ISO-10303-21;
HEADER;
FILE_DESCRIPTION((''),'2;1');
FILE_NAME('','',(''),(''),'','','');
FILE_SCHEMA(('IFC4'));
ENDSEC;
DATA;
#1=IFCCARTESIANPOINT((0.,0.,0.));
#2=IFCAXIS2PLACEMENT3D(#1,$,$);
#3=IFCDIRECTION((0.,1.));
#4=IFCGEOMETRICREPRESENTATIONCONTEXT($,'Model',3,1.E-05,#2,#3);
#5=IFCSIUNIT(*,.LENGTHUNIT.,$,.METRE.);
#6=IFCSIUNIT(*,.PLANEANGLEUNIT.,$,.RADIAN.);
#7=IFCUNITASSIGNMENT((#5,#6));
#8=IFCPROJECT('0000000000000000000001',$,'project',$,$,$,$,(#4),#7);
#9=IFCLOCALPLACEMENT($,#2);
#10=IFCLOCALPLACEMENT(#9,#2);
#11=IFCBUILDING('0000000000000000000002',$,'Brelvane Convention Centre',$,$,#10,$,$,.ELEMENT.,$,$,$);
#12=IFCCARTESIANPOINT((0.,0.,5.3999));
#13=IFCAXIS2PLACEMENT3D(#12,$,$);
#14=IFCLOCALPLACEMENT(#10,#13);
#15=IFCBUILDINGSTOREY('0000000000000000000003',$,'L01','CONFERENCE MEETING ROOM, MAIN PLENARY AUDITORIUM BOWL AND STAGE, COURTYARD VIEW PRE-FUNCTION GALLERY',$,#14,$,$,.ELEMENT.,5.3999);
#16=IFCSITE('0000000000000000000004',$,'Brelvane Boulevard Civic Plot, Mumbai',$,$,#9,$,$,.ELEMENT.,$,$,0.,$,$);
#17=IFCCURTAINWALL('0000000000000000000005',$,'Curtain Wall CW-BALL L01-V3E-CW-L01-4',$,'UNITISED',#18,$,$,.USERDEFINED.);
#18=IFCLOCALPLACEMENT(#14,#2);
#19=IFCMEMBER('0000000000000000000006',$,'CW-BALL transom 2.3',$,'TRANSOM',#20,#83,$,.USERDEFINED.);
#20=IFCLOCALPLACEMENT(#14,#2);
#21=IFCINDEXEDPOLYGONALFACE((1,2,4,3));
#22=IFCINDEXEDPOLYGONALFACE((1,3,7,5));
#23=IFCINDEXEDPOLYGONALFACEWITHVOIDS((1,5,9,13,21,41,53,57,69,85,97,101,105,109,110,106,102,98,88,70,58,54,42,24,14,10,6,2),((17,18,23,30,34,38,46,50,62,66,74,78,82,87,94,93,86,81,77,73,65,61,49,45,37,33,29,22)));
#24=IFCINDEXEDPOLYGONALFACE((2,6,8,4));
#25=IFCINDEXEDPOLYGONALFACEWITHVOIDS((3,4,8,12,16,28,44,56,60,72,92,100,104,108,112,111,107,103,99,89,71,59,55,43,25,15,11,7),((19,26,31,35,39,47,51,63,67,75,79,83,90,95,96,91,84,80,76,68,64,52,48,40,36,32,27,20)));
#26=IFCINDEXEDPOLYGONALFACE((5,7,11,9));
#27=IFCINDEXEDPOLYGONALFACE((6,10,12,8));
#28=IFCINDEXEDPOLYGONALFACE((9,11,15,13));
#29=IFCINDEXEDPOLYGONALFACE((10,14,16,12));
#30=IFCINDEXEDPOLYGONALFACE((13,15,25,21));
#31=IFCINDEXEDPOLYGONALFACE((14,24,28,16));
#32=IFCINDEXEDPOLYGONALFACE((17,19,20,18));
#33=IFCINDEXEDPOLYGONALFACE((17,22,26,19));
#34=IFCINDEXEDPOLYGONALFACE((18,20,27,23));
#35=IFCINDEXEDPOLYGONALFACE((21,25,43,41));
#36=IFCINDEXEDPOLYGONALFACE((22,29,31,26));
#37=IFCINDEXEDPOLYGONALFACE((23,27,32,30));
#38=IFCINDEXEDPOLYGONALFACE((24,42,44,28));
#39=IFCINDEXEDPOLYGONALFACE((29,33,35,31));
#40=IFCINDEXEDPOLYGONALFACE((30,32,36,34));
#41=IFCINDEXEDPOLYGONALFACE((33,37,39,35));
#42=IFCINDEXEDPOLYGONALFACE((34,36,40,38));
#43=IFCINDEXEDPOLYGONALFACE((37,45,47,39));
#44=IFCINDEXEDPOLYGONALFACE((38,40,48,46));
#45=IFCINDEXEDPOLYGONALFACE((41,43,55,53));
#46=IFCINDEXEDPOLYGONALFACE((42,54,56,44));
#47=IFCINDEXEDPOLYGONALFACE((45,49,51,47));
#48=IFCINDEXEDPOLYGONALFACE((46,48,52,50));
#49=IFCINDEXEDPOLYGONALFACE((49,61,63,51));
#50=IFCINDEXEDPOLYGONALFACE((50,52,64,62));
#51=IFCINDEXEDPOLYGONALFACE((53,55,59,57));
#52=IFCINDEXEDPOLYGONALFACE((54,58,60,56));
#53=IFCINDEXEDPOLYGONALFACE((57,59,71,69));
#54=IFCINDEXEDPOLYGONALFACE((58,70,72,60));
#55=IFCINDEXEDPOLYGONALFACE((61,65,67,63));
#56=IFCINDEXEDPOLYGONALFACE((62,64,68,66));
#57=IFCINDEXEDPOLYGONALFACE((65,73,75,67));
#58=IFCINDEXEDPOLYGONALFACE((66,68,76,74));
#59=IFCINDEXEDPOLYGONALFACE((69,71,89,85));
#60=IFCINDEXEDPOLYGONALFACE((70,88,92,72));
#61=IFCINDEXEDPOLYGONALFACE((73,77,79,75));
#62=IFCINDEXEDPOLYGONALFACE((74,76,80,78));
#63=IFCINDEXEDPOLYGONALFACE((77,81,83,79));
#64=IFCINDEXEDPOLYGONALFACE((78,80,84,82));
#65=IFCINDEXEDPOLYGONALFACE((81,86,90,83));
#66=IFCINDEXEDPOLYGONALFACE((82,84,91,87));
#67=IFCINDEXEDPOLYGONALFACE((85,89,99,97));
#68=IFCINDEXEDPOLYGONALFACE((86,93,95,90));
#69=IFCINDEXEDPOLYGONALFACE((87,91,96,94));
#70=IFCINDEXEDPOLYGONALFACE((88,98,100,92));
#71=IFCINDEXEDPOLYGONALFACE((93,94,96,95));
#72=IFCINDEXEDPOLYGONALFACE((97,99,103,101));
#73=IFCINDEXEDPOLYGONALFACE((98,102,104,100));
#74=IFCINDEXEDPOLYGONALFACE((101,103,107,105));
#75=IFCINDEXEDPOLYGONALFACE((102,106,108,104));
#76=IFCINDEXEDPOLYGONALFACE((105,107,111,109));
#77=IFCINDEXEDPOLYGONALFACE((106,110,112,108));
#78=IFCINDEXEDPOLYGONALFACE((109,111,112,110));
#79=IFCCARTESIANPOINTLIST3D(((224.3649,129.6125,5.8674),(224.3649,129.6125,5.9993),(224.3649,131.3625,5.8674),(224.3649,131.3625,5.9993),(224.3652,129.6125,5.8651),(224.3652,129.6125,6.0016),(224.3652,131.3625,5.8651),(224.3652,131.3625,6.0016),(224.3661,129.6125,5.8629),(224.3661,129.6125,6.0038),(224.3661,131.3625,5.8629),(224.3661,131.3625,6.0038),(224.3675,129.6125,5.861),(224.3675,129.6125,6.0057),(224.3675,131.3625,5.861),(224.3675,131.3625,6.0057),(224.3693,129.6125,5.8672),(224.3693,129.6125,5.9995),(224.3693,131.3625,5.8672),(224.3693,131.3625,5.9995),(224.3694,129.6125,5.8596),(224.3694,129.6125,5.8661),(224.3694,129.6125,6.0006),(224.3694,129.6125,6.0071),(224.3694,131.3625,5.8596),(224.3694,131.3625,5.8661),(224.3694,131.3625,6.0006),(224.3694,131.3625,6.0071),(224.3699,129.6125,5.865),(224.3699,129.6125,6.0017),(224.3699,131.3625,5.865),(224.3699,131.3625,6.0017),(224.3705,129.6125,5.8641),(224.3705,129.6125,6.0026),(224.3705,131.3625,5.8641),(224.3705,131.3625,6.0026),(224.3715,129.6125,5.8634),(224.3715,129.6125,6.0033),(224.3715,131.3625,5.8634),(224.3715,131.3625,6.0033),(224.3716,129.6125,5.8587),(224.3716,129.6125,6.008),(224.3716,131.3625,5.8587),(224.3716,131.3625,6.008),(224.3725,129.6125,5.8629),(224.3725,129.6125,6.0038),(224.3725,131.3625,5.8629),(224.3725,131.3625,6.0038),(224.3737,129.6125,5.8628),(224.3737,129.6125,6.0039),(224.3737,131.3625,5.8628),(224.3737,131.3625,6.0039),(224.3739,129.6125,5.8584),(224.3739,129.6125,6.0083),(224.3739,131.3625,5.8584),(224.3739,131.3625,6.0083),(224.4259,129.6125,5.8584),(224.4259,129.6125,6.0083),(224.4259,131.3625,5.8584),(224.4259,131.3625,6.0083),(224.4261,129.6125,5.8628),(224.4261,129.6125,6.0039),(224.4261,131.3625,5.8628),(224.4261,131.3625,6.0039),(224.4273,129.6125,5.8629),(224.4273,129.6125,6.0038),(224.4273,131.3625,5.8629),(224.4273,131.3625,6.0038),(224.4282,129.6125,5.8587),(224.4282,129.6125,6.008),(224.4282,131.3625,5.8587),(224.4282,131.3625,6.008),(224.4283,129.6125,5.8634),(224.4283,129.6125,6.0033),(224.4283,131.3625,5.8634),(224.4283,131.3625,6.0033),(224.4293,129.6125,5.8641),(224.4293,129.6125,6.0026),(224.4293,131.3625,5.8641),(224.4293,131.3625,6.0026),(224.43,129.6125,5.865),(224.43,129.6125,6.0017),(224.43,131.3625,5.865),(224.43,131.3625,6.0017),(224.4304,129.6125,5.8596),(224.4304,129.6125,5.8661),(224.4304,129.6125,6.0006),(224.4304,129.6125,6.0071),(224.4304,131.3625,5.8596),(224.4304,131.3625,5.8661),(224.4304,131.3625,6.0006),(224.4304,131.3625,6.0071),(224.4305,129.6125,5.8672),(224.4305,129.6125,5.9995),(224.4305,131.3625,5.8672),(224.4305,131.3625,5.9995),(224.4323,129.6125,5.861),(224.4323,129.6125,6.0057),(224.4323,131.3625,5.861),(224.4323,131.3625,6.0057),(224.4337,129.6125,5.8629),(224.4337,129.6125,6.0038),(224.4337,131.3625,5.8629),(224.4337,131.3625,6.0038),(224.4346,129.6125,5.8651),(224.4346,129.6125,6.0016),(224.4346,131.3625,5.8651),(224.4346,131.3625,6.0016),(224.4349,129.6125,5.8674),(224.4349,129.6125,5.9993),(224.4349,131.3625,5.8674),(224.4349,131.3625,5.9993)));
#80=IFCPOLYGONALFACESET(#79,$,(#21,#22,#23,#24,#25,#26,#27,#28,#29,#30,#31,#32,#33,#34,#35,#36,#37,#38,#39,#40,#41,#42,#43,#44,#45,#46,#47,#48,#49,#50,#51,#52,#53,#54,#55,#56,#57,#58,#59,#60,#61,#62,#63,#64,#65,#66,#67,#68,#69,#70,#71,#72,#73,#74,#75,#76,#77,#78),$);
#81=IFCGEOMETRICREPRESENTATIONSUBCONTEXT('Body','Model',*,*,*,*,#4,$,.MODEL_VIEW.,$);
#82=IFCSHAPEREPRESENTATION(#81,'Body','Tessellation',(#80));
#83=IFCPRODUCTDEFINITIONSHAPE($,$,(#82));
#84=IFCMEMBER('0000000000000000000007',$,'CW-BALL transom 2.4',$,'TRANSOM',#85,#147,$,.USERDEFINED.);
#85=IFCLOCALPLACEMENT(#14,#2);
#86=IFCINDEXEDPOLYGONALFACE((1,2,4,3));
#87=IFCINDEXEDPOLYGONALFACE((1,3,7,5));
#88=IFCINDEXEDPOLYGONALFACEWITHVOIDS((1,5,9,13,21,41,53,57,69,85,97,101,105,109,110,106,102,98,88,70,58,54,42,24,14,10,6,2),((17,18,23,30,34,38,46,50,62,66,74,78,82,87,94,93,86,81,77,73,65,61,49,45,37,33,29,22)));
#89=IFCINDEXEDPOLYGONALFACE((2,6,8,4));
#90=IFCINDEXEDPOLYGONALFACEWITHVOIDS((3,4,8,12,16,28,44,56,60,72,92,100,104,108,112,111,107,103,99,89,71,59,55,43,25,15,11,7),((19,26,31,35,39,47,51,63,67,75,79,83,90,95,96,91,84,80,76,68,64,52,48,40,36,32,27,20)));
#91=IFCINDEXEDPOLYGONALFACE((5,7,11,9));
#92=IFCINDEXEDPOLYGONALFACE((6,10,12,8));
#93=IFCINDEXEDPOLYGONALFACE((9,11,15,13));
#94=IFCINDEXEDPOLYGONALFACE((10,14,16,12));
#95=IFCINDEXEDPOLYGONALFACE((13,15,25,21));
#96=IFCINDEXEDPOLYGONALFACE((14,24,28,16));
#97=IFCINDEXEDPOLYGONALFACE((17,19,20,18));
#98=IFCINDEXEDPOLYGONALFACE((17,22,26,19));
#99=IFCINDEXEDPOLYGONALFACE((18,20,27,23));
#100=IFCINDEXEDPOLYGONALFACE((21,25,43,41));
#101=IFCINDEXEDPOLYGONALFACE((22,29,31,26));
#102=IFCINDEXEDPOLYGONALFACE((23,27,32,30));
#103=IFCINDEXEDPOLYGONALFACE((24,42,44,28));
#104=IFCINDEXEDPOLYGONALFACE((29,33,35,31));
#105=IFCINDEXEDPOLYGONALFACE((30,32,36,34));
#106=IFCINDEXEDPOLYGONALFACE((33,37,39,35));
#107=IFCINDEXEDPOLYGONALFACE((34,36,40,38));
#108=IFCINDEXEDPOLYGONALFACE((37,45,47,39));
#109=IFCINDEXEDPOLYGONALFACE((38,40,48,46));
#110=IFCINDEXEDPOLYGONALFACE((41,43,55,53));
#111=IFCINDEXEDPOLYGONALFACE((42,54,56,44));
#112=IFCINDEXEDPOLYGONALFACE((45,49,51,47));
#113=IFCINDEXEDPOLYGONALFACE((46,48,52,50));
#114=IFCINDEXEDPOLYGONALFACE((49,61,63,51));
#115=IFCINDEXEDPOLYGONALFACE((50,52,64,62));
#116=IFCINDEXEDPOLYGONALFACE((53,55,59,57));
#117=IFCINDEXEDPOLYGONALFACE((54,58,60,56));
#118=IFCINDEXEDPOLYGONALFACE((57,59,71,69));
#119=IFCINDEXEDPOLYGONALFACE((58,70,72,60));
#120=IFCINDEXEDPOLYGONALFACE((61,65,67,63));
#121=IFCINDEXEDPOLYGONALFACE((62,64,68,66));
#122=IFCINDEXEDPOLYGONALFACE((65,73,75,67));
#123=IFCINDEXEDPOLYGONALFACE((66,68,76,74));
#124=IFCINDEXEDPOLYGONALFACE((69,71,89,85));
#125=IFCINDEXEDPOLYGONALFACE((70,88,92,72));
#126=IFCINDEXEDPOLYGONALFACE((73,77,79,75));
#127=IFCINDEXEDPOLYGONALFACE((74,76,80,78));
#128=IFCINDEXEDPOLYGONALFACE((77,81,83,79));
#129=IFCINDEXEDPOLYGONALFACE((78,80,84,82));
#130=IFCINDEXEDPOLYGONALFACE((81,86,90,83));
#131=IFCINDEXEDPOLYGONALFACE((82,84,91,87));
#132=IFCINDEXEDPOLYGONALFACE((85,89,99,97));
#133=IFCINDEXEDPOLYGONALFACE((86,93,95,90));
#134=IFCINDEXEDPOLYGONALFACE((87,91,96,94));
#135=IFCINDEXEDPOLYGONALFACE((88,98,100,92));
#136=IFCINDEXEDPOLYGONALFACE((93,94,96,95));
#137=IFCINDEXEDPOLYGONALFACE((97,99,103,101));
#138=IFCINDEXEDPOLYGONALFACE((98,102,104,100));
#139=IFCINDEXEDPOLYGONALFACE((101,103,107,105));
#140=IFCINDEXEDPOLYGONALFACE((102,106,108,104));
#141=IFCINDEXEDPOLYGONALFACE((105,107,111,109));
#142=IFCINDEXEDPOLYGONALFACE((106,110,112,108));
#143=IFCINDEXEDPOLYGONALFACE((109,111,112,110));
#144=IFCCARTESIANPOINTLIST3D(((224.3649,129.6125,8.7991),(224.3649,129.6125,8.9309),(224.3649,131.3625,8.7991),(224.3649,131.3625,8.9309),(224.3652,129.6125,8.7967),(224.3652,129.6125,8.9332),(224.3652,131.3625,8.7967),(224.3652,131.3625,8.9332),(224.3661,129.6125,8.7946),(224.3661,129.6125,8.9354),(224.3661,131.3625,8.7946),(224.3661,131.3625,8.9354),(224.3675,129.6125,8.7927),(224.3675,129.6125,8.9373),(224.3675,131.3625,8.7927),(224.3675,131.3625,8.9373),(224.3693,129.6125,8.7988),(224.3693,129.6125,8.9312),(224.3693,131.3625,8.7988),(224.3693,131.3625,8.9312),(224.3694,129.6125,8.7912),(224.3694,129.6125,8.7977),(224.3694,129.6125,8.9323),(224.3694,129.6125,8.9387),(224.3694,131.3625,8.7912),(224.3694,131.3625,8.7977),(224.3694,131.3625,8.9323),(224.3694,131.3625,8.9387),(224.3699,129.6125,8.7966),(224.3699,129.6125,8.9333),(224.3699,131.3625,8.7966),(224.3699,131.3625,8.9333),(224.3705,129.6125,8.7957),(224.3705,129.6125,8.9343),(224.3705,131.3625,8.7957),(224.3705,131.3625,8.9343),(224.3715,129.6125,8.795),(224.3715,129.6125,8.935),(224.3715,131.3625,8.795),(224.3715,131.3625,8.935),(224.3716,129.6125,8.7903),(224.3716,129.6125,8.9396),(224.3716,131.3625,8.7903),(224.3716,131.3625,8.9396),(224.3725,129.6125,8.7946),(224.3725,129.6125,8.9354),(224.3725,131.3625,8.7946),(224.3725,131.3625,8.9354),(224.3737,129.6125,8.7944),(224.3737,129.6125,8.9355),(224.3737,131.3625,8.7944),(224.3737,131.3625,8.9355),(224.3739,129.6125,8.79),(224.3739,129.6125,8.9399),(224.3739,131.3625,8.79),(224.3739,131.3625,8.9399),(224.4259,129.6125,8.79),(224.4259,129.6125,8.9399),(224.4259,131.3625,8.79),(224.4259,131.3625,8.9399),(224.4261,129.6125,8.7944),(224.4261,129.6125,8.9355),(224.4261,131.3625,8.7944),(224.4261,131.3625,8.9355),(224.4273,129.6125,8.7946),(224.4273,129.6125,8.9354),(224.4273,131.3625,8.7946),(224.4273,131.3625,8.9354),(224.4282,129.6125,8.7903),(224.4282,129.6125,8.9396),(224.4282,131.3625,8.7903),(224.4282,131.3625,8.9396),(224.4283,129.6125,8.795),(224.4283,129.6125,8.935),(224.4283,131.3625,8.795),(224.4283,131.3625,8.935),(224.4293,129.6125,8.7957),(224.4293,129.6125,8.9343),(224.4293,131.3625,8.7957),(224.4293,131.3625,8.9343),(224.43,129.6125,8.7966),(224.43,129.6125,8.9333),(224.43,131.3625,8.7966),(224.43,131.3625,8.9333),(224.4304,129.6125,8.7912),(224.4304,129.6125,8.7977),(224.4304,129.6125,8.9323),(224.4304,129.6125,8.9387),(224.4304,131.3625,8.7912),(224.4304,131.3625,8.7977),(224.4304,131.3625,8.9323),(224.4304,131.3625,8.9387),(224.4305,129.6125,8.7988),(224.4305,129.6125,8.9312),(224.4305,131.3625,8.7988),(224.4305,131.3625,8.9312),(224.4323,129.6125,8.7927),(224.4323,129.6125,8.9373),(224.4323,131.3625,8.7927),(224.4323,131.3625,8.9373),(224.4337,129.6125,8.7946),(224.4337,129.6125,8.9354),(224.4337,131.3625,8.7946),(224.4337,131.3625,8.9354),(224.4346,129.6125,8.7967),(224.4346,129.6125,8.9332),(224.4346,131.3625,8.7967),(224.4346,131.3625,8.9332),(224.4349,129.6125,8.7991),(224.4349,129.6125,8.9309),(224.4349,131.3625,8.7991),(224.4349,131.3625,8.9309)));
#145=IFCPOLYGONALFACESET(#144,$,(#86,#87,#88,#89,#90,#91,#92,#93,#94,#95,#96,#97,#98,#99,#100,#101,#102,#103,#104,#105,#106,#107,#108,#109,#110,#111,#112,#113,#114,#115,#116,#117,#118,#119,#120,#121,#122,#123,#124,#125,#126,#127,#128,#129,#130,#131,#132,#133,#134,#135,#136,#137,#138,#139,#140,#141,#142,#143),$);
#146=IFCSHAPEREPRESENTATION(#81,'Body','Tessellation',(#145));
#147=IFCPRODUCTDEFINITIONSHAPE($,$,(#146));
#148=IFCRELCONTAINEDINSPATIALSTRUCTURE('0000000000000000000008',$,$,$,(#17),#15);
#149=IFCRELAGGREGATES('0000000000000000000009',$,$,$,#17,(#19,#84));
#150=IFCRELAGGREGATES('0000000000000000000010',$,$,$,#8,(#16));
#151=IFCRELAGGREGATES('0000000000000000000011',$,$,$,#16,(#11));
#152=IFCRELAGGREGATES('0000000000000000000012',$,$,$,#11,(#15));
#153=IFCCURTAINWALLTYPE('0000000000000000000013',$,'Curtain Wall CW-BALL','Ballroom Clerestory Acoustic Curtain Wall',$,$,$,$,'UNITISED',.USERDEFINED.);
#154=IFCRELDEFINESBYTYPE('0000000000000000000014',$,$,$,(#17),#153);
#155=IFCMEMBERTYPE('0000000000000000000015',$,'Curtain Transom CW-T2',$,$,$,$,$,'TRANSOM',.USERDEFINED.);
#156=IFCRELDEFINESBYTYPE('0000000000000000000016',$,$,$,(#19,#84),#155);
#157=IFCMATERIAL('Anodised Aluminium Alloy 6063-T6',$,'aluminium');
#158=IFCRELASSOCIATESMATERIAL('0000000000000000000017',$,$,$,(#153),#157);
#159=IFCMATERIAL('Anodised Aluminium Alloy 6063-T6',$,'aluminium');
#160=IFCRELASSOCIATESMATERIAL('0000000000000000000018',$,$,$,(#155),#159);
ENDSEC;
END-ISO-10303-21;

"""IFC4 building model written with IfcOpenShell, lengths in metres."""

from ifc_helpers import new_model, si_unit, direction, frame, origin, origin_2d, place, context, subcontext, project, spatial, hollow_rectangle, extrude, material, material_profile, profile_set, type_object, element, aggregate, save


model = new_model("IFC4")

# Units and contexts
model_context = context("Model", 3, precision=1e-05, world=origin(), true_north=direction((0.0, 1.0)))
body_context = subcontext(model_context, "Body", "Model", "MODEL_VIEW")
ifc_project = project(units=[si_unit("LENGTHUNIT", "METRE"), si_unit("PLANEANGLEUNIT", "RADIAN")], contexts=[model_context])

# Site, building, storey
site_placement = place(None, origin())
site = spatial("IfcSite", under=ifc_project, at=site_placement, Name="Brelvane Boulevard Civic Plot, Mumbai", CompositionType="ELEMENT", RefElevation=0.0)
building_placement = place(site_placement, origin())
building = spatial("IfcBuilding", under=site, at=building_placement, Name="Brelvane Convention Centre", CompositionType="ELEMENT")
storey_placement = place(building_placement, frame((0.0, 0.0, 5.3999)))
storey = spatial("IfcBuildingStorey", under=building, at=storey_placement, Name="L01", Description="CONFERENCE MEETING ROOM, MAIN PLENARY AUDITORIUM BOWL AND STAGE, COURTYARD VIEW PRE-FUNCTION GALLERY", CompositionType="ELEMENT", Elevation=5.3999)

# Curtain wall
ifc_material_1 = material(Name="Anodised Aluminium Alloy 6063-T6", Category="aluminium")
curtain_wall_type = type_object("IfcCurtainWallType", Name="Curtain Wall CW-BALL", Description="Ballroom Clerestory Acoustic Curtain Wall", ElementType="UNITISED", PredefinedType="USERDEFINED", material=ifc_material_1)
curtain_wall_1_placement = place(storey_placement, origin())
curtain_wall_1 = element("IfcCurtainWall", 1, at=curtain_wall_1_placement, inside=storey, type_object=curtain_wall_type, Name="Curtain Wall CW-BALL L01-V3E-CW-L01-4", ObjectType="UNITISED", PredefinedType="USERDEFINED")
ifc_material_2 = material(Name="Anodised Aluminium Alloy 6063-T6", Category="aluminium")
ifc_material_profile_1 = material_profile(ifc_material_2, hollow_rectangle(XDim=0.0701, YDim=0.1499, WallThickness=0.0044, InnerFilletRadius=0.0044, OuterFilletRadius=0.009, at=origin_2d()), Name="ALU-T 150x70x4.5")
ifc_profile_set_1 = profile_set([ifc_material_profile_1], Name="Anodised Aluminium Alloy 6063-T6")
member_type_1 = type_object("IfcMemberType", Name="Curtain Transom CW-T2", ElementType="TRANSOM", PredefinedType="USERDEFINED", material=ifc_profile_set_1)

# Members
member_1_placement = place(storey_placement, frame((224.3999, 129.6125, 5.9333), z_axis=(0.0, 1.0, 0.0), x_axis=(-1.0, 0.0, 0.0)))
member_1 = element("IfcMember", 2, at=member_1_placement, type_object=member_type_1, Name="CW-BALL transom 2.3", ObjectType="TRANSOM", PredefinedType="USERDEFINED", context=body_context, shape_type="SweptSolid", body=[
    extrude(hollow_rectangle(XDim=0.0701, YDim=0.1499, WallThickness=0.0044, InnerFilletRadius=0.0044, OuterFilletRadius=0.009, at=origin_2d()), origin(), (0.0, 0.0, 1.0), 1.75),
])
member_2_placement = place(storey_placement, frame((224.3999, 129.6125, 8.865), z_axis=(0.0, 1.0, 0.0), x_axis=(-1.0, 0.0, 0.0)))
member_2 = element("IfcMember", 3, at=member_2_placement, type_object=member_type_1, Name="CW-BALL transom 2.4", ObjectType="TRANSOM", PredefinedType="USERDEFINED", context=body_context, shape_type="SweptSolid", body=[
    extrude(hollow_rectangle(XDim=0.0701, YDim=0.1499, WallThickness=0.0044, InnerFilletRadius=0.0044, OuterFilletRadius=0.009, at=origin_2d()), origin(), (0.0, 0.0, 1.0), 1.75),
])

aggregate(curtain_wall_1, [member_1, member_2])

save(model, "model.ifc")
